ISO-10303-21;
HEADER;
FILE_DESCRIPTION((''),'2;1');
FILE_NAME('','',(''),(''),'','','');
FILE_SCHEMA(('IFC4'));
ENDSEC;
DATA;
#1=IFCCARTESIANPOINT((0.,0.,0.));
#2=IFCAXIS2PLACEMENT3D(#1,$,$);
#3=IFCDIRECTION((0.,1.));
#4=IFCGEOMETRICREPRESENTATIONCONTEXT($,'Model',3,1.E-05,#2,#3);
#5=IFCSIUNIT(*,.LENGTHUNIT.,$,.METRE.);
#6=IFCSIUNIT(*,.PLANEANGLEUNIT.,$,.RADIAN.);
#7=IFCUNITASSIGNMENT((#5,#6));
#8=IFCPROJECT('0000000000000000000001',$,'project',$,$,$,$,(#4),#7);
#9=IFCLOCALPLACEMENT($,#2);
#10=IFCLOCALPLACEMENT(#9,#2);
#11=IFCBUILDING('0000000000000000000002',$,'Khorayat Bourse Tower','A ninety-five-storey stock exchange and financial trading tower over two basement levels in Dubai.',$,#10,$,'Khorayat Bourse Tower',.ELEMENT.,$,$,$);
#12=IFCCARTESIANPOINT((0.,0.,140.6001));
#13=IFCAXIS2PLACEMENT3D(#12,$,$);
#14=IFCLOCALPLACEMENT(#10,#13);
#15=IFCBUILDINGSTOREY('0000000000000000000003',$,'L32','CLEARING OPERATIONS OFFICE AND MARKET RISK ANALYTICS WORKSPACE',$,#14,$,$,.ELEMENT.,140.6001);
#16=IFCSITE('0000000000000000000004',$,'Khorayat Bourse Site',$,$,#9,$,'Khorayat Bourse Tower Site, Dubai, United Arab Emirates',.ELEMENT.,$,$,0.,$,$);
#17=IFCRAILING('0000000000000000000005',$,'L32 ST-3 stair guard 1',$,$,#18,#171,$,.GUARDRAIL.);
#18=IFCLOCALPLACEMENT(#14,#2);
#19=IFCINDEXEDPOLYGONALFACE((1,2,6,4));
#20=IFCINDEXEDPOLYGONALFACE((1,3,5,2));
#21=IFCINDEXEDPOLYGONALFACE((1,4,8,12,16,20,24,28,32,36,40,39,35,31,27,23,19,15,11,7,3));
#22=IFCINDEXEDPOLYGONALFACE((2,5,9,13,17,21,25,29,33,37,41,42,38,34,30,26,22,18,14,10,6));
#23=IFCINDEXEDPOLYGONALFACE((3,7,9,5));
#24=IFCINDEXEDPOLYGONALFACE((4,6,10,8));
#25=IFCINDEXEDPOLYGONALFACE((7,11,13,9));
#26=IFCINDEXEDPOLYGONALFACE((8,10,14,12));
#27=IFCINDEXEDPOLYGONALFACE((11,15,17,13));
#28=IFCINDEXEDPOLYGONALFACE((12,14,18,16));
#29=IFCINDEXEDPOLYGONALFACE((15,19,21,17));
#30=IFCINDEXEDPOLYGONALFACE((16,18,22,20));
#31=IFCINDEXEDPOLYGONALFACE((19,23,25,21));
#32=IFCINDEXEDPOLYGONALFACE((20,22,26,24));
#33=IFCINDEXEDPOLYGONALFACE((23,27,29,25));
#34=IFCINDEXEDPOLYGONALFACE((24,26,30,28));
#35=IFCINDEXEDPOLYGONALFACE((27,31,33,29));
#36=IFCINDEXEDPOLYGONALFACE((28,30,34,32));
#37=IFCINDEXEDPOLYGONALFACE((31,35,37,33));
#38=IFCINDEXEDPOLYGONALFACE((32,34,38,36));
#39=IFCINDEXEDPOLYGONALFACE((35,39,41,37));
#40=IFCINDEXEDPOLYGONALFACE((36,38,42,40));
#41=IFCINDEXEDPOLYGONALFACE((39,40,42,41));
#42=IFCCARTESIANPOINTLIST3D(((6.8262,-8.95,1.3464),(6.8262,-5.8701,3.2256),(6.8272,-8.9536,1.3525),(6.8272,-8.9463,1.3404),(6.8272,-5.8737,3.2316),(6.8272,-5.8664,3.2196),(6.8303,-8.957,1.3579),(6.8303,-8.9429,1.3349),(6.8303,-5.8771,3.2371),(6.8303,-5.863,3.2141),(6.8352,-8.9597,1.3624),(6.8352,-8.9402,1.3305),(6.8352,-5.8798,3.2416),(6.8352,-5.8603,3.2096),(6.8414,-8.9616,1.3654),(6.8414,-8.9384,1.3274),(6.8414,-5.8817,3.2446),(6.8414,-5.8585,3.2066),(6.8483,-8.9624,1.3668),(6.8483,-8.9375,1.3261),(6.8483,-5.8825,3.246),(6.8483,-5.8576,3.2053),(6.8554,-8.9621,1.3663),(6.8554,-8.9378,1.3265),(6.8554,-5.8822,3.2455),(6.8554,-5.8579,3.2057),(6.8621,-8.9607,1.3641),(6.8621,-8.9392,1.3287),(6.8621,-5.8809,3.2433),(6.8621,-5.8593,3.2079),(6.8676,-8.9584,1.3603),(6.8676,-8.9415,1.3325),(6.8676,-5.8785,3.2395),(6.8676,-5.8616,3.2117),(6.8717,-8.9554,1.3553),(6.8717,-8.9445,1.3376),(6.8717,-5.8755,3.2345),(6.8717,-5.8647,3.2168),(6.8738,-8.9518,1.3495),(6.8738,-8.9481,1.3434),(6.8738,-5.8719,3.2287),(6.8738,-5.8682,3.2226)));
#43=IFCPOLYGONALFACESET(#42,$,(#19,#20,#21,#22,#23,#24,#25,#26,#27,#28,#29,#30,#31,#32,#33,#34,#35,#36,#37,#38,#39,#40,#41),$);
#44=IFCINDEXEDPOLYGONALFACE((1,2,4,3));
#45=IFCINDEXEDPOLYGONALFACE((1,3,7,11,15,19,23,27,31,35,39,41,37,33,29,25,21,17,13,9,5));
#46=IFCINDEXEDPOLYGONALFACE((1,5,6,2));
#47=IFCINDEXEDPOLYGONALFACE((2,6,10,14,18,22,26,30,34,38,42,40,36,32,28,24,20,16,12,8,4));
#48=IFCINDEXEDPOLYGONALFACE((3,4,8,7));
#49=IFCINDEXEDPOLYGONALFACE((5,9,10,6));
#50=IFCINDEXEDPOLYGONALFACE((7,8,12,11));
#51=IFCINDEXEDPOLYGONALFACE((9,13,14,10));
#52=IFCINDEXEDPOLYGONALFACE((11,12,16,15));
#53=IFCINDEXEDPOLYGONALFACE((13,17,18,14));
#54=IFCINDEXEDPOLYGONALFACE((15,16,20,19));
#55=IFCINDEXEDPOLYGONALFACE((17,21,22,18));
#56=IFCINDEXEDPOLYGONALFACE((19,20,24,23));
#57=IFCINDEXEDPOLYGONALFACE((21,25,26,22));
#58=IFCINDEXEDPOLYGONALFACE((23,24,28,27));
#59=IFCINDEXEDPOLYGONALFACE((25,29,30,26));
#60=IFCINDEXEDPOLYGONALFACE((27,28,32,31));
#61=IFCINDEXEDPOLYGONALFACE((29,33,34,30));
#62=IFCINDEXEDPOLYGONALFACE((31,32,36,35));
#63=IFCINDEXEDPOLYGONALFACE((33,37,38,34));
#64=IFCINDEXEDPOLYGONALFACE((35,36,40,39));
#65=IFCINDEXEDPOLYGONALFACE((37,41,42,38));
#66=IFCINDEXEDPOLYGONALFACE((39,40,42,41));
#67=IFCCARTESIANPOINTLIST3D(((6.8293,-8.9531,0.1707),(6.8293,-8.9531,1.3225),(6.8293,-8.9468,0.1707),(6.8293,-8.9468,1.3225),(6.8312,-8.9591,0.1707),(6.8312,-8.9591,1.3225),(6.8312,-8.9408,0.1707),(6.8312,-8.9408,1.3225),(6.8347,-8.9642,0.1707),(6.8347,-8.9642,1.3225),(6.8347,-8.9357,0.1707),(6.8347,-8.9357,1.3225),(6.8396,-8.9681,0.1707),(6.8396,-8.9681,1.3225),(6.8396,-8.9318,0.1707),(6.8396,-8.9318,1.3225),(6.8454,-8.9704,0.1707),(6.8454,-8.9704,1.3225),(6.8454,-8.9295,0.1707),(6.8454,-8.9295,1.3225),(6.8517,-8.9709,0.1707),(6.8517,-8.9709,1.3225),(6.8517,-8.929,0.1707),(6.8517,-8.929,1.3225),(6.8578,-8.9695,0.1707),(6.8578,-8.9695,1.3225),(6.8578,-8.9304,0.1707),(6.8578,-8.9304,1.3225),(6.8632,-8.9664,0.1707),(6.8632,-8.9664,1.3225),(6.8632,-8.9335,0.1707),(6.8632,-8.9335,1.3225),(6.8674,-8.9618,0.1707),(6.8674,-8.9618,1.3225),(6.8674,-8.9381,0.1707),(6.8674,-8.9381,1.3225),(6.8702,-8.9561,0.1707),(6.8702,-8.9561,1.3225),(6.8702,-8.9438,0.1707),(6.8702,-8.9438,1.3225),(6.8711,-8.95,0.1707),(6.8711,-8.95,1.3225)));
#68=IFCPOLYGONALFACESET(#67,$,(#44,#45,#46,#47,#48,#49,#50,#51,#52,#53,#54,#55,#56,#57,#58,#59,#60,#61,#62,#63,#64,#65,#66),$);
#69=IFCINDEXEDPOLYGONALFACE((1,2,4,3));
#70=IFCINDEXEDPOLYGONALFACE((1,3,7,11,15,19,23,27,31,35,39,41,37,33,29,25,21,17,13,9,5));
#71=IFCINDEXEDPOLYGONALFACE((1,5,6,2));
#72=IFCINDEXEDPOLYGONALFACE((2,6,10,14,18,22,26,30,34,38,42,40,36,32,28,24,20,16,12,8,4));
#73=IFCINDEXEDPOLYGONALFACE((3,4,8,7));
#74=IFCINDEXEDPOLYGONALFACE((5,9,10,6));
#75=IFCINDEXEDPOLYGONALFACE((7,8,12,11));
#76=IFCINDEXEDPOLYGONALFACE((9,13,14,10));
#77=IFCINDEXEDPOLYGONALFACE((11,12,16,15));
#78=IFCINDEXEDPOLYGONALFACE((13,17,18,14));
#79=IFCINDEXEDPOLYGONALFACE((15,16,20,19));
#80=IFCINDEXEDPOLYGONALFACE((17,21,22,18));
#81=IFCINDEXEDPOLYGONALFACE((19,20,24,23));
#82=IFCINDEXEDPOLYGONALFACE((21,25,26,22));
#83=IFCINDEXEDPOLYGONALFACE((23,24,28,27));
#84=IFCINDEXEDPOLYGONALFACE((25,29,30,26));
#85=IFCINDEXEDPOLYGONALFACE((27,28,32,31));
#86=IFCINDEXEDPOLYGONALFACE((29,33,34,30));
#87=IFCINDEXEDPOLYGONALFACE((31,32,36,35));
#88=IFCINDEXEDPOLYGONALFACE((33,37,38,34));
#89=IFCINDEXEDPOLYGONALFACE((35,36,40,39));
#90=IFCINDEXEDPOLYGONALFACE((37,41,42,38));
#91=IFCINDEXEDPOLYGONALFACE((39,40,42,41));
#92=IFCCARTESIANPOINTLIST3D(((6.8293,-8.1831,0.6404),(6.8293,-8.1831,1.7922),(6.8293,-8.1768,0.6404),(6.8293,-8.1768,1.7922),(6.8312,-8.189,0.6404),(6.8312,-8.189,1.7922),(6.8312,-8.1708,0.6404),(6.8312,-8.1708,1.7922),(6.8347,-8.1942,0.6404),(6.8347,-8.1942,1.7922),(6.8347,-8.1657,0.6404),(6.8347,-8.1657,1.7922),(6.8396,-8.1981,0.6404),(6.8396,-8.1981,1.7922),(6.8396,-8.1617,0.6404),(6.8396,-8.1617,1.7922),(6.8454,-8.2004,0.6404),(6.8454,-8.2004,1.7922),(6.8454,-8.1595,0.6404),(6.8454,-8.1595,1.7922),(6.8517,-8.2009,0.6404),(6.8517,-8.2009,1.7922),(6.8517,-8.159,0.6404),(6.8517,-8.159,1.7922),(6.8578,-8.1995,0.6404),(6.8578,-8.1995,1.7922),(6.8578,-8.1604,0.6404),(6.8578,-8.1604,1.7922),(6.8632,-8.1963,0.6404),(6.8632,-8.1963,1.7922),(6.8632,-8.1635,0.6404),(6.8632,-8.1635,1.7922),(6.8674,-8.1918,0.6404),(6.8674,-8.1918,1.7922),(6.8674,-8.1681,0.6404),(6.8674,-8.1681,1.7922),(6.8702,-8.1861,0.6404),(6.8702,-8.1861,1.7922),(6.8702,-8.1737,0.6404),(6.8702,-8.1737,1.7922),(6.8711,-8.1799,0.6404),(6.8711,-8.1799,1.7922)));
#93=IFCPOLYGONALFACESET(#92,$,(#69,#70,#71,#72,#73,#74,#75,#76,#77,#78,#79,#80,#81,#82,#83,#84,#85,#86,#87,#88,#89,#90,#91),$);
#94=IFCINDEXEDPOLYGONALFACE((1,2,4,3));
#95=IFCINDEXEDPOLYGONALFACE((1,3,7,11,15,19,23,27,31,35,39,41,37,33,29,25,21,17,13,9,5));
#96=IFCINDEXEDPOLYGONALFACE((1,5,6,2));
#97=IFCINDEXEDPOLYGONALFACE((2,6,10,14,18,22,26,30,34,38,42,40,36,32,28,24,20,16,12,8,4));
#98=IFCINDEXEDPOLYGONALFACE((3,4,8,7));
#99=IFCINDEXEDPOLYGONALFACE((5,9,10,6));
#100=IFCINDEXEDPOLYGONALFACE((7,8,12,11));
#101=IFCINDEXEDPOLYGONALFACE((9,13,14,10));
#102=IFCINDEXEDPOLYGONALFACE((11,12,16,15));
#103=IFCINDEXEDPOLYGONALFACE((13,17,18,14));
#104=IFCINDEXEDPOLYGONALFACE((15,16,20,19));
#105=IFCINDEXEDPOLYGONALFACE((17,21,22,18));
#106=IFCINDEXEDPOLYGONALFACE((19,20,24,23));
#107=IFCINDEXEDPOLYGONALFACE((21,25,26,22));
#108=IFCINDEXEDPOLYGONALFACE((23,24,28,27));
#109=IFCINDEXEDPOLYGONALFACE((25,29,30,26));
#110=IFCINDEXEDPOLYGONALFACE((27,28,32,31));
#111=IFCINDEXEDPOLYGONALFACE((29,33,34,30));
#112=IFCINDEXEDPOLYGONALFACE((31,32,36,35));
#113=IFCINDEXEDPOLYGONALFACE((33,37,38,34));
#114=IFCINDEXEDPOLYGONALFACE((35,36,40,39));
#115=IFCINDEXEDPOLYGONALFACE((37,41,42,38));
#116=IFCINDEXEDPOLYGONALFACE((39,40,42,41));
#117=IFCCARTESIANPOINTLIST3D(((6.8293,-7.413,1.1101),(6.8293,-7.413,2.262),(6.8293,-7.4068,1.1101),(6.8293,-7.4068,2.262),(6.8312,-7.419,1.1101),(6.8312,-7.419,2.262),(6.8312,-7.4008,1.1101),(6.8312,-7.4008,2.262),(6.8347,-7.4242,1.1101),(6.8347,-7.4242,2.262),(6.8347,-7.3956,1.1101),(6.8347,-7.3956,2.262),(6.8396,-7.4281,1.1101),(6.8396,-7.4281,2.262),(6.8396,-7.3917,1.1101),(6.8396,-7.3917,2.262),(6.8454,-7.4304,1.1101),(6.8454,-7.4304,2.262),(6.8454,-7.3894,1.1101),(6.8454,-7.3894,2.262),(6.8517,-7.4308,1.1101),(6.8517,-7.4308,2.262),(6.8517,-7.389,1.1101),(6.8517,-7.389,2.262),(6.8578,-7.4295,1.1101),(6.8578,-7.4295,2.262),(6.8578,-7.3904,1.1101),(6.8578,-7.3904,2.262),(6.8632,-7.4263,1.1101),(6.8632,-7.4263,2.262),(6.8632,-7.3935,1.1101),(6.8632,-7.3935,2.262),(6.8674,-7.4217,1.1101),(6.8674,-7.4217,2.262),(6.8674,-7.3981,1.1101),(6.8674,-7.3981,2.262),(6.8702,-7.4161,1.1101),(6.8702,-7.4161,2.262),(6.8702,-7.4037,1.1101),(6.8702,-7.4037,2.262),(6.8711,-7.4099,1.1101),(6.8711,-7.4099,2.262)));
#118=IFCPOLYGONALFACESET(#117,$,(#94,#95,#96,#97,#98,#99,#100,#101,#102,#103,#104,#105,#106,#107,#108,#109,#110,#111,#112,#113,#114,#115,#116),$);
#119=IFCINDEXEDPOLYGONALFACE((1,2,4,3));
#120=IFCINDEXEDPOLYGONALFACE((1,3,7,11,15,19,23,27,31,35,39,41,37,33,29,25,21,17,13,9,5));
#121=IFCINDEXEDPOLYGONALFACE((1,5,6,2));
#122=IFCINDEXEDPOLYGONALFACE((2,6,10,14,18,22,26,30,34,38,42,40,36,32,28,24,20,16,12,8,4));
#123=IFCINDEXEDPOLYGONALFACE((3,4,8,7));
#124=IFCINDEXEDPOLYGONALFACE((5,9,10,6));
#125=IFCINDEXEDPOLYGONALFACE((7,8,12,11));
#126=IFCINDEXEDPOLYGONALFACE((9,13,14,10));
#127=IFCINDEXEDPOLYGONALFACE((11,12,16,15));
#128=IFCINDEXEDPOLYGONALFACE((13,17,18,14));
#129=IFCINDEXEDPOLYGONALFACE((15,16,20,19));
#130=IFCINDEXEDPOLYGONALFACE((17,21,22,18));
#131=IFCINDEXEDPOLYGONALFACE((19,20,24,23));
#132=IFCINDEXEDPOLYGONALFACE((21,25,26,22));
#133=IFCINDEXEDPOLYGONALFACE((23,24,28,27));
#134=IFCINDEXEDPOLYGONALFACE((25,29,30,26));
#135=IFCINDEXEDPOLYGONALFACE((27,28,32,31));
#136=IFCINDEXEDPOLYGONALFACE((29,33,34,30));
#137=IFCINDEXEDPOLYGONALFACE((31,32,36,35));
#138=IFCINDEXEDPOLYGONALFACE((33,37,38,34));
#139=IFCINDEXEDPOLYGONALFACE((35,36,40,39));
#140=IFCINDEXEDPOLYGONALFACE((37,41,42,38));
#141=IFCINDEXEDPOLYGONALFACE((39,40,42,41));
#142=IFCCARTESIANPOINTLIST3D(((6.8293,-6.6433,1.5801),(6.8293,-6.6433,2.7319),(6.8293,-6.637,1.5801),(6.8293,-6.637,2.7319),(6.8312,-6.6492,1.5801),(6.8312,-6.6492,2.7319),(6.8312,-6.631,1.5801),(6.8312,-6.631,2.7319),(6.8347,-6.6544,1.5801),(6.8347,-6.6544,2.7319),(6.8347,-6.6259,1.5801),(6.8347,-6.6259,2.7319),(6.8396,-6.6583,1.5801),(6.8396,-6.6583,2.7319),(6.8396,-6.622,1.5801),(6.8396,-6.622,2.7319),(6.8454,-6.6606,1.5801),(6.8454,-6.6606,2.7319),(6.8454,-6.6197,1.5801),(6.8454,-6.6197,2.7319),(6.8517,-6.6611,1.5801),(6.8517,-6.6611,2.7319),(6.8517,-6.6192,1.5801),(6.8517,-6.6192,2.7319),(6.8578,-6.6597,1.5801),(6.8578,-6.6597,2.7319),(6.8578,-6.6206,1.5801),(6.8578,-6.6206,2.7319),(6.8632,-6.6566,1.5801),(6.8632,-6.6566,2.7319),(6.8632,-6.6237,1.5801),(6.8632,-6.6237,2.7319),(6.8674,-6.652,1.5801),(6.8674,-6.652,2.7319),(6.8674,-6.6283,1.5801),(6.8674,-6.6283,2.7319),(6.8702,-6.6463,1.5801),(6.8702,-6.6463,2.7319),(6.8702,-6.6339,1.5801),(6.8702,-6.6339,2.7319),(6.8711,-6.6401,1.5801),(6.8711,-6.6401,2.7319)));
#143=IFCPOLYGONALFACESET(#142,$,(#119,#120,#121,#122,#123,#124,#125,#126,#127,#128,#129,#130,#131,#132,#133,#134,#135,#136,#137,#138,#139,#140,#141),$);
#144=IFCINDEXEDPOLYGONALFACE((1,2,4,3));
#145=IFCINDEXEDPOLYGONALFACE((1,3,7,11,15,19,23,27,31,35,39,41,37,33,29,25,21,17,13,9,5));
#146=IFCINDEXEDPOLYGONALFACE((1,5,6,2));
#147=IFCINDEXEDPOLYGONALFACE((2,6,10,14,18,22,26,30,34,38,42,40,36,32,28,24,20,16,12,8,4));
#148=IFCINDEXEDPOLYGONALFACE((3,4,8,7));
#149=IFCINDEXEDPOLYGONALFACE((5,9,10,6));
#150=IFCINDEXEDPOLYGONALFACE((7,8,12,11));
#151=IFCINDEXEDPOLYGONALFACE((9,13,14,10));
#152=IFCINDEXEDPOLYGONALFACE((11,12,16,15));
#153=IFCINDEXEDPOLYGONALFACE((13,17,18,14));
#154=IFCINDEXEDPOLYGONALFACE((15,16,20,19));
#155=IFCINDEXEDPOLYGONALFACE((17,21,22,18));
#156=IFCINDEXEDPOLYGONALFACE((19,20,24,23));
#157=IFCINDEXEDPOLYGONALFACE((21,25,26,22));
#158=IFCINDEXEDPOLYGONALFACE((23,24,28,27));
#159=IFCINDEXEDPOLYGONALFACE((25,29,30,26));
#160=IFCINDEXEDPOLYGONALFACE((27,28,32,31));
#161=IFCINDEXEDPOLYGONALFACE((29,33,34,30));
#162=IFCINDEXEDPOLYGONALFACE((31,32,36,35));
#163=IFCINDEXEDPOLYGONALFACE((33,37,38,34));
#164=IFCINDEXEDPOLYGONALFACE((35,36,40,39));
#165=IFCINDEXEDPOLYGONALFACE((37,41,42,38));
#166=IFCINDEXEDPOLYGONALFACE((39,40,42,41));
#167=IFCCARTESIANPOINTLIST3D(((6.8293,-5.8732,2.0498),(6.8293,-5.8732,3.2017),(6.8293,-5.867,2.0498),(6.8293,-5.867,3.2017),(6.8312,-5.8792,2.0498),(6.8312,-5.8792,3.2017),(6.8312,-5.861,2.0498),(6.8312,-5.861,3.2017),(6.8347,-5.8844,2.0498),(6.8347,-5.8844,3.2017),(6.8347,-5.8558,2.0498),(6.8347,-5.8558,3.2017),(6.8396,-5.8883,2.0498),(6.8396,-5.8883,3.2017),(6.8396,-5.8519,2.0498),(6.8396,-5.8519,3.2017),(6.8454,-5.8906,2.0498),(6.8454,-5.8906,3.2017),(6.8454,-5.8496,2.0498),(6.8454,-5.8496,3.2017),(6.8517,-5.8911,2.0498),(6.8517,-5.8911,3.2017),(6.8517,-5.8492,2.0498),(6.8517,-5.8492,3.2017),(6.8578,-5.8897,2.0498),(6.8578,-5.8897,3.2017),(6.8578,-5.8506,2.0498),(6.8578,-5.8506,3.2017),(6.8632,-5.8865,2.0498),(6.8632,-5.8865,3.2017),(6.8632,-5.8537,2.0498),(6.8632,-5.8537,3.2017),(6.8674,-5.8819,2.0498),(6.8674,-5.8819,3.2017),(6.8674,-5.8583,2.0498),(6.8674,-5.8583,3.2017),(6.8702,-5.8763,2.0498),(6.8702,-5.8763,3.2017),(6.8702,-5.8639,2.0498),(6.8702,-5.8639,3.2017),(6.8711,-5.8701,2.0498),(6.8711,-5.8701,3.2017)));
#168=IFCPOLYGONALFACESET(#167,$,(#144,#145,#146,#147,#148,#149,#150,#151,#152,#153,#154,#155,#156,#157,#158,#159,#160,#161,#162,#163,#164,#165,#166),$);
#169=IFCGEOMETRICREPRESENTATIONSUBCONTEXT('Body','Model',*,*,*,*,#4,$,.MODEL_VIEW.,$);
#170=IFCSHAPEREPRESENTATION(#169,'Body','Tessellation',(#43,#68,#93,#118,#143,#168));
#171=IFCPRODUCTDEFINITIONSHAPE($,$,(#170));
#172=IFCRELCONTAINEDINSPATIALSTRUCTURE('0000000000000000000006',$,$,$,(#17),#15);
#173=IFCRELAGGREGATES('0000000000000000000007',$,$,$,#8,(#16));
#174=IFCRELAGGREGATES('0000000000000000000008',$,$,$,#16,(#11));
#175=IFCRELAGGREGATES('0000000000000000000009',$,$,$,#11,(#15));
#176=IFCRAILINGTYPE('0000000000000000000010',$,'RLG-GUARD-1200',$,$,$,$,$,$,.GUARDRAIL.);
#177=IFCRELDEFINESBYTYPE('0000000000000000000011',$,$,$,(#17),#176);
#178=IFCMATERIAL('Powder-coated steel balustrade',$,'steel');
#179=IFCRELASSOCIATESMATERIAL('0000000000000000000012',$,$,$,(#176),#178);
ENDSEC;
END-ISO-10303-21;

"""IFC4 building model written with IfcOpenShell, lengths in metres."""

from ifc_helpers import new_model, si_unit, direction, frame, origin, origin_2d, place, context, subcontext, project, spatial, circle, extrude, source, transform, mapped, material, type_object, element, save


model = new_model("IFC4")

# Units and contexts
model_context = context("Model", 3, precision=1e-05, world=origin(), true_north=direction((0.0, 1.0)))
body_context = subcontext(model_context, "Body", "Model", "MODEL_VIEW")
ifc_project = project(units=[si_unit("LENGTHUNIT", "METRE"), si_unit("PLANEANGLEUNIT", "RADIAN")], contexts=[model_context])

# Site, building, storey
site_placement = place(None, origin())
site = spatial("IfcSite", under=ifc_project, at=site_placement, Name="Khorayat Bourse Site", LongName="Khorayat Bourse Tower Site, Dubai, United Arab Emirates", CompositionType="ELEMENT", RefElevation=0.0)
building_placement = place(site_placement, origin())
building = spatial("IfcBuilding", under=site, at=building_placement, Name="Khorayat Bourse Tower", Description="A ninety-five-storey stock exchange and financial trading tower over two basement levels in Dubai.", LongName="Khorayat Bourse Tower", CompositionType="ELEMENT")
storey_placement = place(building_placement, frame((0.0, 0.0, 140.6001)))
storey = spatial("IfcBuildingStorey", under=building, at=storey_placement, Name="L32", Description="CLEARING OPERATIONS OFFICE AND MARKET RISK ANALYTICS WORKSPACE", CompositionType="ELEMENT", Elevation=140.6001)

# Railing
ifc_material_1 = material(Name="Powder-coated steel balustrade", Category="steel")
railing_type_1 = type_object("IfcRailingType", Name="RLG-GUARD-1200", PredefinedType="GUARDRAIL", material=ifc_material_1)
shared_shape_1 = source(origin(), body_context, "Body", "SweptSolid", [
    extrude(circle(Radius=0.0239, at=origin_2d()), frame((0.0, 0.0, 1.1758), z_axis=(0.0, 0.853648, 0.52085), x_axis=(-1.0, 0.0, 0.0)), (0.0, 0.0, 1.0), 3.6079),
    extrude(circle(Radius=0.021, at=origin_2d()), origin(), (0.0, 0.0, 1.0), 1.1519),
    extrude(circle(Radius=0.021, at=origin_2d()), frame((0.0, 0.77, 0.4697)), (0.0, 0.0, 1.0), 1.1519),
    extrude(circle(Radius=0.021, at=origin_2d()), frame((0.0, 1.54, 0.9395)), (0.0, 0.0, 1.0), 1.1519),
    extrude(circle(Radius=0.021, at=origin_2d()), frame((0.0, 2.3098, 1.4094)), (0.0, 0.0, 1.0), 1.1519),
    extrude(circle(Radius=0.021, at=origin_2d()), frame((0.0, 3.0798, 1.8792)), (0.0, 0.0, 1.0), 1.1519),
])
railing_1_placement = place(storey_placement, frame((6.8501, -8.95, 0.1707)))
element("IfcRailing", 1, at=railing_1_placement, inside=storey, type_object=railing_type_1, Name="L32 ST-3 stair guard 1", PredefinedType="GUARDRAIL", context=body_context, shape_type="MappedRepresentation", body=[
    mapped(shared_shape_1, transform((0.0, 0.0, 0.0), scale=1.0)),
])

save(model, "model.ifc")
